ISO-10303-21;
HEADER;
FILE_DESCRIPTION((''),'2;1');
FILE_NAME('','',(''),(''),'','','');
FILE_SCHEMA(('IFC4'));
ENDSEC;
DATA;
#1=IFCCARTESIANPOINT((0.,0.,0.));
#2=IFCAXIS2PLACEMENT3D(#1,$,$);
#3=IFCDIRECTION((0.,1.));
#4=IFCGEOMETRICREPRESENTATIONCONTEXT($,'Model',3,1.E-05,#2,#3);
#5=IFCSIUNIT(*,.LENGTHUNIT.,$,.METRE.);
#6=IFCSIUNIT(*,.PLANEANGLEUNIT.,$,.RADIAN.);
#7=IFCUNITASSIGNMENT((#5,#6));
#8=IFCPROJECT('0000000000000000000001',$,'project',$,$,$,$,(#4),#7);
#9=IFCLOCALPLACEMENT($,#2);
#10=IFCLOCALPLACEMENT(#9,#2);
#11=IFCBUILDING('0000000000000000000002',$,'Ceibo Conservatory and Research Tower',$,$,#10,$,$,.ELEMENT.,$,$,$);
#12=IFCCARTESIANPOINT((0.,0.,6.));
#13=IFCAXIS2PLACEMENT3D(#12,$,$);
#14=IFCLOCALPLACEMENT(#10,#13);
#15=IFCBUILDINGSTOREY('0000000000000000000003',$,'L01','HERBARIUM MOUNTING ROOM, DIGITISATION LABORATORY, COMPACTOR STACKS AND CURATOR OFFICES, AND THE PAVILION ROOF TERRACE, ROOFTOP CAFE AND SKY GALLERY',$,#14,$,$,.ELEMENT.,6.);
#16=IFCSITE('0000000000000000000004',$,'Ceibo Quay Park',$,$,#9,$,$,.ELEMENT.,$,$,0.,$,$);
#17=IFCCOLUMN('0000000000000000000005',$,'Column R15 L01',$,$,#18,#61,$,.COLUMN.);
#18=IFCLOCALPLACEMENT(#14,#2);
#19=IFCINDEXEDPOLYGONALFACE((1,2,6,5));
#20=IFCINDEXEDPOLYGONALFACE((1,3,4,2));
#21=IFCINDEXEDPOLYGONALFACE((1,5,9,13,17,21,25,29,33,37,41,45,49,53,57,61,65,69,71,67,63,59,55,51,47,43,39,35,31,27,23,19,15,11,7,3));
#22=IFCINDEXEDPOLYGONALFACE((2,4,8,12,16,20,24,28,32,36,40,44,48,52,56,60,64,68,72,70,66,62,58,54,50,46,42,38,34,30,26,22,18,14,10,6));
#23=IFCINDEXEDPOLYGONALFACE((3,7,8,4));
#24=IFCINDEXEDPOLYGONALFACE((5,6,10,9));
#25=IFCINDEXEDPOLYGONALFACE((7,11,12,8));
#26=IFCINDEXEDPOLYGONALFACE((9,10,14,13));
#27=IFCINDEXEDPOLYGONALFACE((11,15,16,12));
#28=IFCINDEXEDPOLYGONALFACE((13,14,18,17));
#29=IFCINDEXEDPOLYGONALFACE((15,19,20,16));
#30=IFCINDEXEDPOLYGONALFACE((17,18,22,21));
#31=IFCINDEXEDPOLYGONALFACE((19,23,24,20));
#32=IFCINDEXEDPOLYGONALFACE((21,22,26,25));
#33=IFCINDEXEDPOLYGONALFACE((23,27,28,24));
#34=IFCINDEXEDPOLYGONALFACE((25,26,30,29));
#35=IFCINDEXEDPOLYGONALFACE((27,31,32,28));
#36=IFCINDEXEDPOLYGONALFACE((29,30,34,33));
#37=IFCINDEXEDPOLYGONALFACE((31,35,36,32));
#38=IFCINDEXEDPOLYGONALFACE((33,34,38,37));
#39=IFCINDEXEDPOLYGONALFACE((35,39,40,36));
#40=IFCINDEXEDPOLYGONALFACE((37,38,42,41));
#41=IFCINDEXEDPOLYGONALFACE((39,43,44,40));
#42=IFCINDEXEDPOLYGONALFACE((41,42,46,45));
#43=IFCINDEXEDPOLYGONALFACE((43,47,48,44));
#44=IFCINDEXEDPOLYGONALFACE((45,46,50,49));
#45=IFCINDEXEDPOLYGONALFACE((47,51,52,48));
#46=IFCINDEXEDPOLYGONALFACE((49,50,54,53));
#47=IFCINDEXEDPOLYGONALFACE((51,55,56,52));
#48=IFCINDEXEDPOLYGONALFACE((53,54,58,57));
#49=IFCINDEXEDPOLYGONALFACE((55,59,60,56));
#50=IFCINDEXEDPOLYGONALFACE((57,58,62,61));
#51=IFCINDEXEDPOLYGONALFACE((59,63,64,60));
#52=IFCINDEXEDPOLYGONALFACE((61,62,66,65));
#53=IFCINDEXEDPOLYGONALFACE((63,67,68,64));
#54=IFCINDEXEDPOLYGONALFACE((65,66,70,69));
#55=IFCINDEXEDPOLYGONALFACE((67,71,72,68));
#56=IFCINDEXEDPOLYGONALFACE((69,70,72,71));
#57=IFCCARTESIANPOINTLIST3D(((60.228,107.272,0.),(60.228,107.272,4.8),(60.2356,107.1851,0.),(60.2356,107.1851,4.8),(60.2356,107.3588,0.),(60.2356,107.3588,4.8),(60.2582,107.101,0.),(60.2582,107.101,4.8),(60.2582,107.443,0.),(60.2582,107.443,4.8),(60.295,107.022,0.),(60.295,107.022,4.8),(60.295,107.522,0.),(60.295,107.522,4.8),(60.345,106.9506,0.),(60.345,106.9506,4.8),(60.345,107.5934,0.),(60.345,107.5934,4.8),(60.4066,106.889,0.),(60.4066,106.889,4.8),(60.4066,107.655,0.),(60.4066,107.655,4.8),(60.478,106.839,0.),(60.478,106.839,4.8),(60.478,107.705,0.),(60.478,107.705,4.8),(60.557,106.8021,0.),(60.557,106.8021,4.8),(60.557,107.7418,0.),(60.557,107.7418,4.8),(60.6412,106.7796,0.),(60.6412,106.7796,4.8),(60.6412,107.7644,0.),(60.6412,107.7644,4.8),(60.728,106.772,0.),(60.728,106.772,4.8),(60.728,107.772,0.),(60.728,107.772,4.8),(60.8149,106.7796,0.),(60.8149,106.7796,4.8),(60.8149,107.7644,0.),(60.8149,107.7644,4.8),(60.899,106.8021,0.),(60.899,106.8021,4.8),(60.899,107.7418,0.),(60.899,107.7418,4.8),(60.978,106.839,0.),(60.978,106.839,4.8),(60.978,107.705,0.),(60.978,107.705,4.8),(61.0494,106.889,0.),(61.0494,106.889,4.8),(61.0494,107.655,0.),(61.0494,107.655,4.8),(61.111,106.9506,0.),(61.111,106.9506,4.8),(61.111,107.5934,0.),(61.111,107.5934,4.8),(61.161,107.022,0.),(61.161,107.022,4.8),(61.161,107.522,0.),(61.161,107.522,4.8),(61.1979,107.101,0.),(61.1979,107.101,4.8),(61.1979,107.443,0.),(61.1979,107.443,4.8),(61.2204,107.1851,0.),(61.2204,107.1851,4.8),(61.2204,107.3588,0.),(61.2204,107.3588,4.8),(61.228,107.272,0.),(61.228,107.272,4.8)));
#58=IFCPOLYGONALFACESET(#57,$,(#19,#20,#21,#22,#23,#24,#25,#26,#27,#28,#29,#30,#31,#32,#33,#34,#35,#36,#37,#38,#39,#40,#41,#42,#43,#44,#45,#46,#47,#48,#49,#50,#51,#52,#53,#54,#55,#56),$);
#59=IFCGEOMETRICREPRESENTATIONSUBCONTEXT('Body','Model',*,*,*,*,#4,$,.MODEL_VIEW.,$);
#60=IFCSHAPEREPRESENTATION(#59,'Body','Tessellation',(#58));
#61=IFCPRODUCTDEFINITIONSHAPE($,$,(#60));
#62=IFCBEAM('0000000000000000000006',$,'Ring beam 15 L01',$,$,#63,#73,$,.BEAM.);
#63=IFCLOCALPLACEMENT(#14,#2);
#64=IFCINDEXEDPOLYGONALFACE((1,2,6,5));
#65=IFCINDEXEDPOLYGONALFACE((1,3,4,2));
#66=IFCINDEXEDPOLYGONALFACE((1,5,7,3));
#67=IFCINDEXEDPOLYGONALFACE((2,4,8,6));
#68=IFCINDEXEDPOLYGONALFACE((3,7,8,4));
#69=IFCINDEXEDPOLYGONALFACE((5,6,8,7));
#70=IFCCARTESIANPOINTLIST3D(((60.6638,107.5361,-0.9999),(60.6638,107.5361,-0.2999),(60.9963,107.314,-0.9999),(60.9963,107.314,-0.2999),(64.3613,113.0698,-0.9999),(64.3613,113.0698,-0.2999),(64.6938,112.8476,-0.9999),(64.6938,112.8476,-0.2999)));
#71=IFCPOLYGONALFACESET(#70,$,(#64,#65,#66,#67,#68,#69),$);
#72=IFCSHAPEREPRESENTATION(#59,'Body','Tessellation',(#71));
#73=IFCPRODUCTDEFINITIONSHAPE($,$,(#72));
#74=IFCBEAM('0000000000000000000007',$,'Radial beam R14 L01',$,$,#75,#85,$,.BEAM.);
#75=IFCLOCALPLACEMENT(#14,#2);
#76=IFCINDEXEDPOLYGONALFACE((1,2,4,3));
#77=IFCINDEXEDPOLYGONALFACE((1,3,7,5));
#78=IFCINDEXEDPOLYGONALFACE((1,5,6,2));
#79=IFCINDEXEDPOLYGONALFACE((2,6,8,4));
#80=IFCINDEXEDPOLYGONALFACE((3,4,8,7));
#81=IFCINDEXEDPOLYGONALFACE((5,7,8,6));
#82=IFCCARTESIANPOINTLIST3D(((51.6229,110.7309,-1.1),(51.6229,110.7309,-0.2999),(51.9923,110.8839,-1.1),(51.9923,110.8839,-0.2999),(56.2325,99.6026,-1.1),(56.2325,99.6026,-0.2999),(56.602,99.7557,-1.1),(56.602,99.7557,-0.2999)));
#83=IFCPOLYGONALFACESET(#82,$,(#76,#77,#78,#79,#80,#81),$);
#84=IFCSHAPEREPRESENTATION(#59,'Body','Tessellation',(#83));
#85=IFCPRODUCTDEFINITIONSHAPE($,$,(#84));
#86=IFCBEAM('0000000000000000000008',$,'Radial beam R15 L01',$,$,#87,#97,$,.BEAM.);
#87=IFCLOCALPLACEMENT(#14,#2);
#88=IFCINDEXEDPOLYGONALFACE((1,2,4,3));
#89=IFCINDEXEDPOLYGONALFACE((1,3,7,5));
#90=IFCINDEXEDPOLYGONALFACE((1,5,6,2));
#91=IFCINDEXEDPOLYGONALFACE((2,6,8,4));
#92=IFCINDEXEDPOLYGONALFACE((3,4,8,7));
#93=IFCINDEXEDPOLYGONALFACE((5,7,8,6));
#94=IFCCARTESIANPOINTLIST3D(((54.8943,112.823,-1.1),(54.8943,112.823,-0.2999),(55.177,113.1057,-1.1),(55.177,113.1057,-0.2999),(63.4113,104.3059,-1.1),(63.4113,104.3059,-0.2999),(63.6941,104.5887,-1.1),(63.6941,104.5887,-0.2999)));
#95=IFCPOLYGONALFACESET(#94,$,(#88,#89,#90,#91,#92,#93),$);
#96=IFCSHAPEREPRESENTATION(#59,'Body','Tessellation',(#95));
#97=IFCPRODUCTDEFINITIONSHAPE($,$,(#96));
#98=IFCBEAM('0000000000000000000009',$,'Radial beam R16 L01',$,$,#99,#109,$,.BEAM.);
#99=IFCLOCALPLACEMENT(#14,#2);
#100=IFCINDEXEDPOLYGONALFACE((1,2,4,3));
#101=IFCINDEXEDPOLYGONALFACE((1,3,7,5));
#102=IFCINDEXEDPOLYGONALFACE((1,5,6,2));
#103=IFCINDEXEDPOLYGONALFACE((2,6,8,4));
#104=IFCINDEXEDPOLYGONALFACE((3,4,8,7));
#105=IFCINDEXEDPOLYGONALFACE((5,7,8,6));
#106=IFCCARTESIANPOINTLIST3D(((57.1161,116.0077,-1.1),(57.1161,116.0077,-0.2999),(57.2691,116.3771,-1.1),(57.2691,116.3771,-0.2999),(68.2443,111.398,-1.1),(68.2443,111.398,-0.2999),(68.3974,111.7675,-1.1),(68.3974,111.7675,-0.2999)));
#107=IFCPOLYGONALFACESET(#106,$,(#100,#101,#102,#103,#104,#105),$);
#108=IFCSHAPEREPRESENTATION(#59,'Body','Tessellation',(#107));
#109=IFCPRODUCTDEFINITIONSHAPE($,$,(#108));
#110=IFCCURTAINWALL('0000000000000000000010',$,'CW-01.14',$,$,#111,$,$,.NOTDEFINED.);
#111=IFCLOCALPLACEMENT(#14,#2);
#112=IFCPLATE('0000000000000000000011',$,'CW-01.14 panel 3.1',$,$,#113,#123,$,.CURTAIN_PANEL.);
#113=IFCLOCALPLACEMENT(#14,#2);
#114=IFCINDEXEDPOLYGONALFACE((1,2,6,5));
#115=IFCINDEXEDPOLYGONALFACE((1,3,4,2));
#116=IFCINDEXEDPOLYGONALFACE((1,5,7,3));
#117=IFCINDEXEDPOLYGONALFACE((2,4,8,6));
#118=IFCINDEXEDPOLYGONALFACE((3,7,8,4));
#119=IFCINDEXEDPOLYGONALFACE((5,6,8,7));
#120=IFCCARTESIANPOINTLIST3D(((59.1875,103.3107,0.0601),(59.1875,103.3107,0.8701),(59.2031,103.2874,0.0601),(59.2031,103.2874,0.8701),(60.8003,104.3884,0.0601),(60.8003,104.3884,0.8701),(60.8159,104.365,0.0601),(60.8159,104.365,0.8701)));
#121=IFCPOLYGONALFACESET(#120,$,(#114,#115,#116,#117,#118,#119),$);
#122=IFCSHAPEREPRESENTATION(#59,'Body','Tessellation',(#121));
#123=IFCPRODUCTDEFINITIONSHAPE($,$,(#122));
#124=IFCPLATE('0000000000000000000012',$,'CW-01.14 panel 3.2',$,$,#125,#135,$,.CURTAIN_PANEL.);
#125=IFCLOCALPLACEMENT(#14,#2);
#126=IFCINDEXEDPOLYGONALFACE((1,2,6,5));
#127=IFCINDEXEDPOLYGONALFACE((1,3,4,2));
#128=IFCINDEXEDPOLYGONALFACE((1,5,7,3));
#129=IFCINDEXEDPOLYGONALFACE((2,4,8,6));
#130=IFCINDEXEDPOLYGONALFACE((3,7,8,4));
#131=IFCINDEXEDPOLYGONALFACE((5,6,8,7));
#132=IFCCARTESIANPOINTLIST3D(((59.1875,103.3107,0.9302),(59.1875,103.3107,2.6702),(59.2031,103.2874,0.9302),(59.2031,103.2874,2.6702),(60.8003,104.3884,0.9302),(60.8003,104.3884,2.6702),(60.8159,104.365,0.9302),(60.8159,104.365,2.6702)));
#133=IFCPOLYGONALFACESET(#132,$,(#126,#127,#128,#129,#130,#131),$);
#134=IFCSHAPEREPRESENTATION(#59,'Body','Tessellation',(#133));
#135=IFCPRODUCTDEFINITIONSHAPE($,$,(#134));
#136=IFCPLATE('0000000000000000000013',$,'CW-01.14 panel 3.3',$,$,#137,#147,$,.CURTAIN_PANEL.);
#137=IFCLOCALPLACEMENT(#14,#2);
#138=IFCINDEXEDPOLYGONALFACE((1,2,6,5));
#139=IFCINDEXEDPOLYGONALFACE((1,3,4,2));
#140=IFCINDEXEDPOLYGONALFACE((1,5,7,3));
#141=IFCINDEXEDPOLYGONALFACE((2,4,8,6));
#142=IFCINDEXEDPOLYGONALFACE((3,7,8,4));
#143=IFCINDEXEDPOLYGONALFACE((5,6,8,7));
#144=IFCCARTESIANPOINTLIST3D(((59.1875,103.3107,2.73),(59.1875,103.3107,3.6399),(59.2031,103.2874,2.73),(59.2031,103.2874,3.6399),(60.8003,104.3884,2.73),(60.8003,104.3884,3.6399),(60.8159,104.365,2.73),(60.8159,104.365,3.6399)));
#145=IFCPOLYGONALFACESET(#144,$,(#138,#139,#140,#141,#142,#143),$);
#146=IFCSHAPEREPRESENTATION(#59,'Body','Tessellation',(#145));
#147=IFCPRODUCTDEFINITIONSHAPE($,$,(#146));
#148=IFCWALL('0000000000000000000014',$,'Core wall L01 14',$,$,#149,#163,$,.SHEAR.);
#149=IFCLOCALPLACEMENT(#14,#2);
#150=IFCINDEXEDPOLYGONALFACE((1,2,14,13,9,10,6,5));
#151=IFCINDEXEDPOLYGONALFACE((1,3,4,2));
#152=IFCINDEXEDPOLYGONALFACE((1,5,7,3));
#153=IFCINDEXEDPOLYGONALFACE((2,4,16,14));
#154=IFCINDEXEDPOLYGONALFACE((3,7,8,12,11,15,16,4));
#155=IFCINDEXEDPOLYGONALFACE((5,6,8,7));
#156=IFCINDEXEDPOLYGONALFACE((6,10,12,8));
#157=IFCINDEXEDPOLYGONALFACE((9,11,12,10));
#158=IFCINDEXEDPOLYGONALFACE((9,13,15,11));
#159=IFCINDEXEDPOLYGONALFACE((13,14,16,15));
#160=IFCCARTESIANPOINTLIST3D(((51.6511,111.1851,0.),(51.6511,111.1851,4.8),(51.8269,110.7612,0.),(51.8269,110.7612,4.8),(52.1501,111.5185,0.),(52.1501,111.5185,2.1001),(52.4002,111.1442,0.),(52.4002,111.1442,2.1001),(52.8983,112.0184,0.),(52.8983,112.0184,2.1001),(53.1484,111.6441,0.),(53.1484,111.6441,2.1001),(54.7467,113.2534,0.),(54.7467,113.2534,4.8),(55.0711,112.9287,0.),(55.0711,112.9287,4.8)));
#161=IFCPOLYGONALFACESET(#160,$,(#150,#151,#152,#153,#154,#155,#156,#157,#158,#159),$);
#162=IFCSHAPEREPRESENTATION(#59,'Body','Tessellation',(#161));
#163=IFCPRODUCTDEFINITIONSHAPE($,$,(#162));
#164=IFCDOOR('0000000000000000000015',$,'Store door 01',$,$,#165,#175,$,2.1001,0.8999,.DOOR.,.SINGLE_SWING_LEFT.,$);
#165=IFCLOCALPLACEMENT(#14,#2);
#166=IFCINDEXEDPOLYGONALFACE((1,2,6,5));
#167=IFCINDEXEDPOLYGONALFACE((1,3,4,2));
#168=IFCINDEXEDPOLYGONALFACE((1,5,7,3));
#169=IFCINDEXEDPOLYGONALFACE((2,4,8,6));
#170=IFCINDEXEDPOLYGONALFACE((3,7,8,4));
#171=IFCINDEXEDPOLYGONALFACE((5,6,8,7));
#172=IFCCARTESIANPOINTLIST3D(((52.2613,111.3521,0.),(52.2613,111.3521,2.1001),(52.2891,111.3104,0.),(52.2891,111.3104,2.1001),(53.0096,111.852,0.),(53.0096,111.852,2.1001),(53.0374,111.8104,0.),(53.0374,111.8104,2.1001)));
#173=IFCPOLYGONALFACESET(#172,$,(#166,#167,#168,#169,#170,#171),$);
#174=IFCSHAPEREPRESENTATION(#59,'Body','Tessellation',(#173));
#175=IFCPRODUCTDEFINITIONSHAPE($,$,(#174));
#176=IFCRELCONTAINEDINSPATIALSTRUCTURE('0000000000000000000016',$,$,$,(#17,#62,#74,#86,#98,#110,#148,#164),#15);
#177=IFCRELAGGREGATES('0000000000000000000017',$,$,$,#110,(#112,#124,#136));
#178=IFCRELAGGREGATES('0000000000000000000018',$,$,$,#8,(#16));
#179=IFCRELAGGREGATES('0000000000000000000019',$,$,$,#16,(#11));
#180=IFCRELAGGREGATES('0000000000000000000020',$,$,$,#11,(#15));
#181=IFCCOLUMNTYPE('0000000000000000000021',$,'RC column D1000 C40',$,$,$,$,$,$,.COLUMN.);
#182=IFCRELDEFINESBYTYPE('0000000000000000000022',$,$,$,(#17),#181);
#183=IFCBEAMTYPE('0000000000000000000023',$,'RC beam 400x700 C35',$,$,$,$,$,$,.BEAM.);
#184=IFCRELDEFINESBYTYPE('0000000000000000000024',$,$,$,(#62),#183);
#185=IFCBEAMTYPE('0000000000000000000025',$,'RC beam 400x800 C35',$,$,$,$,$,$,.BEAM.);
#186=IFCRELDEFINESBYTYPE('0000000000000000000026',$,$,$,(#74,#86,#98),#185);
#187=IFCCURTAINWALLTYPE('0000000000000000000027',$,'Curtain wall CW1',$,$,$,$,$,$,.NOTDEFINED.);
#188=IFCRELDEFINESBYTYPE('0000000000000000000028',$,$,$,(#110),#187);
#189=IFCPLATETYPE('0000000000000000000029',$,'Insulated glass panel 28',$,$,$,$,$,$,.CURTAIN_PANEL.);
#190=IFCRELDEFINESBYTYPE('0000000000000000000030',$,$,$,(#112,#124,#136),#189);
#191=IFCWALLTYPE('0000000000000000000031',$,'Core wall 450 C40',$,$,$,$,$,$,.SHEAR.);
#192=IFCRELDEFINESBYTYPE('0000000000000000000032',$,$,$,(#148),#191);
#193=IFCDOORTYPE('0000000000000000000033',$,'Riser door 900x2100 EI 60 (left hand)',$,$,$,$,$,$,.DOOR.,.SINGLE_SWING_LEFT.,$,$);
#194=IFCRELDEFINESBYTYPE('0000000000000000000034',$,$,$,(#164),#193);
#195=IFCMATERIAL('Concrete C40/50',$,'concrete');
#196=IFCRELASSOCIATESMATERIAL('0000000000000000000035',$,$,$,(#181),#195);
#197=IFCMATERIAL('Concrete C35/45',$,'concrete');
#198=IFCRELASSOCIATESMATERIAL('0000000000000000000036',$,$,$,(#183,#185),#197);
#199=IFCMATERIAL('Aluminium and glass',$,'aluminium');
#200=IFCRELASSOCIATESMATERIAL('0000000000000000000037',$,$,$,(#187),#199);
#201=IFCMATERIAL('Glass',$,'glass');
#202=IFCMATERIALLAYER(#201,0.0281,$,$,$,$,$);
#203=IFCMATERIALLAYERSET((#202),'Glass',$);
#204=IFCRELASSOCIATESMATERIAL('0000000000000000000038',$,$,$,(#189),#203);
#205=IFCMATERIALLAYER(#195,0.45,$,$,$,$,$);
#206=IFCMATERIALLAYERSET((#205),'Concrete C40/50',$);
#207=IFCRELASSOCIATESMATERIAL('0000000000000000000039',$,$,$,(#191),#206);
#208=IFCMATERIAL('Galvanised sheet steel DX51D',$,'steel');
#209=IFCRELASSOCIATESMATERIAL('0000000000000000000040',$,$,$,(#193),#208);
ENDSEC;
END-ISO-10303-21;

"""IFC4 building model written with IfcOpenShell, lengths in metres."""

from ifc_helpers import new_model, si_unit, direction, frame, frame_2d, origin, origin_2d, place, context, subcontext, project, spatial, polyline, rectangle, circle, outline, extrude, material, layer, layer_set, material_profile, profile_set, type_object, element, fill, aggregate, save


model = new_model("IFC4")

# Units and contexts
model_context = context("Model", 3, precision=1e-05, world=origin(), true_north=direction((0.0, 1.0)))
body_context = subcontext(model_context, "Body", "Model", "MODEL_VIEW")
ifc_project = project(units=[si_unit("LENGTHUNIT", "METRE"), si_unit("PLANEANGLEUNIT", "RADIAN")], contexts=[model_context])

# Site, building, storey
site_placement = place(None, origin())
site = spatial("IfcSite", under=ifc_project, at=site_placement, Name="Ceibo Quay Park", CompositionType="ELEMENT", RefElevation=0.0)
building_placement = place(site_placement, origin())
building = spatial("IfcBuilding", under=site, at=building_placement, Name="Ceibo Conservatory and Research Tower", CompositionType="ELEMENT")
storey_placement = place(building_placement, frame((0.0, 0.0, 6.0)))
storey = spatial("IfcBuildingStorey", under=building, at=storey_placement, Name="L01", Description="HERBARIUM MOUNTING ROOM, DIGITISATION LABORATORY, COMPACTOR STACKS AND CURATOR OFFICES, AND THE PAVILION ROOF TERRACE, ROOFTOP CAFE AND SKY GALLERY", CompositionType="ELEMENT", Elevation=6.0)

# Column
ifc_material_1 = material(Name="Concrete C40/50", Category="concrete")
ifc_material_profile_1 = material_profile(ifc_material_1, circle(Radius=0.5, at=origin_2d()), Name="RC D1000")
ifc_profile_set_1 = profile_set([ifc_material_profile_1], Name="Concrete C40/50")
column_type = type_object("IfcColumnType", Name="RC column D1000 C40", PredefinedType="COLUMN", material=ifc_profile_set_1)
column_placement = place(storey_placement, frame((60.728, 107.272, 0.0), z_axis=(0.0, 0.0, 1.0), x_axis=(1.0, 0.0, 0.0)))
element("IfcColumn", 1, at=column_placement, inside=storey, type_object=column_type, Name="Column R15 L01", PredefinedType="COLUMN", context=body_context, shape_type="SweptSolid", body=[
    extrude(circle(Radius=0.5, at=origin_2d()), origin(), (0.0, 0.0, 1.0), 4.8),
])

# Beams
ifc_material_2 = material(Name="Concrete C35/45", Category="concrete")
ifc_material_profile_2 = material_profile(ifc_material_2, rectangle(XDim=0.3999, YDim=0.7, at=origin_2d()), Name="RC 400x700")
ifc_profile_set_2 = profile_set([ifc_material_profile_2], Name="Concrete C35/45")
beam_type_1 = type_object("IfcBeamType", Name="RC beam 400x700 C35", PredefinedType="BEAM", material=ifc_profile_set_2)
beam_1_placement = place(storey_placement, frame((60.8301, 107.425, -0.6499), z_axis=(0.555572, 0.831469, 0.0), x_axis=(-0.831469, 0.555572, 0.0)))
element("IfcBeam", 2, at=beam_1_placement, inside=storey, type_object=beam_type_1, Name="Ring beam 15 L01", PredefinedType="BEAM", context=body_context, shape_type="SweptSolid", body=[
    extrude(rectangle(XDim=0.3999, YDim=0.7, at=origin_2d()), origin(), (0.0, 0.0, 1.0), 6.6553),
])
ifc_material_profile_3 = material_profile(ifc_material_2, rectangle(XDim=0.3999, YDim=0.8, at=origin_2d()), Name="RC 400x800")
ifc_profile_set_3 = profile_set([ifc_material_profile_3], Name="Concrete C35/45")
beam_type_2 = type_object("IfcBeamType", Name="RC beam 400x800 C35", PredefinedType="BEAM", material=ifc_profile_set_3)
beam_2_placement = place(storey_placement, frame((51.8076, 110.8074, -0.7), z_axis=(0.382696, -0.923874, 0.0), x_axis=(0.923874, 0.382696, 0.0)))
element("IfcBeam", 3, at=beam_2_placement, inside=storey, type_object=beam_type_2, Name="Radial beam R14 L01", PredefinedType="BEAM", context=body_context, shape_type="SweptSolid", body=[
    extrude(rectangle(XDim=0.3999, YDim=0.8, at=origin_2d()), origin(), (0.0, 0.0, 1.0), 12.0452),
])
beam_3_placement = place(storey_placement, frame((55.0356, 112.9644, -0.7), z_axis=(0.707107, -0.707107, 0.0), x_axis=(0.707107, 0.707107, 0.0)))
element("IfcBeam", 4, at=beam_3_placement, inside=storey, type_object=beam_type_2, Name="Radial beam R15 L01", PredefinedType="BEAM", context=body_context, shape_type="SweptSolid", body=[
    extrude(rectangle(XDim=0.3999, YDim=0.8, at=origin_2d()), origin(), (0.0, 0.0, 1.0), 12.0449),
])
beam_4_placement = place(storey_placement, frame((57.1926, 116.1924, -0.7), z_axis=(0.923874, -0.382696, 0.0), x_axis=(0.382696, 0.923874, 0.0)))
element("IfcBeam", 5, at=beam_4_placement, inside=storey, type_object=beam_type_2, Name="Radial beam R16 L01", PredefinedType="BEAM", context=body_context, shape_type="SweptSolid", body=[
    extrude(rectangle(XDim=0.3999, YDim=0.8, at=origin_2d()), origin(), (0.0, 0.0, 1.0), 12.0452),
])

# Curtain wall, plates
ifc_material_3 = material(Name="Aluminium and glass", Category="aluminium")
curtain_wall_type = type_object("IfcCurtainWallType", Name="Curtain wall CW1", PredefinedType="NOTDEFINED", material=ifc_material_3)
curtain_wall_placement = place(storey_placement, origin())
curtain_wall = element("IfcCurtainWall", 6, at=curtain_wall_placement, inside=storey, type_object=curtain_wall_type, Name="CW-01.14", PredefinedType="NOTDEFINED")
ifc_material_4 = material(Name="Glass", Category="glass")
ifc_layer_1 = layer(ifc_material_4, 0.0281)
ifc_layer_set_1 = layer_set([ifc_layer_1], Name="Glass")
plate_type = type_object("IfcPlateType", Name="Insulated glass panel 28", PredefinedType="CURTAIN_PANEL", material=ifc_layer_set_1)
plate_1_placement = place(storey_placement, frame((60.0017, 103.8379, 0.0601), z_axis=(0.0, 0.0, 1.0), x_axis=(0.83147, 0.55557, 0.0)))
plate_1 = element("IfcPlate", 7, at=plate_1_placement, type_object=plate_type, Name="CW-01.14 panel 3.1", PredefinedType="CURTAIN_PANEL", context=body_context, shape_type="SweptSolid", body=[
    extrude(rectangle(XDim=1.9397, YDim=0.0281, at=origin_2d()), origin(), (0.0, 0.0, 1.0), 0.8101),
])
plate_2_placement = place(storey_placement, frame((60.0017, 103.8379, 0.9302), z_axis=(0.0, 0.0, 1.0), x_axis=(0.83147, 0.55557, 0.0)))
plate_2 = element("IfcPlate", 8, at=plate_2_placement, type_object=plate_type, Name="CW-01.14 panel 3.2", PredefinedType="CURTAIN_PANEL", context=body_context, shape_type="SweptSolid", body=[
    extrude(rectangle(XDim=1.9397, YDim=0.0281, at=origin_2d()), origin(), (0.0, 0.0, 1.0), 1.74),
])
plate_3_placement = place(storey_placement, frame((60.0017, 103.8379, 2.73), z_axis=(0.0, 0.0, 1.0), x_axis=(0.83147, 0.55557, 0.0)))
plate_3 = element("IfcPlate", 9, at=plate_3_placement, type_object=plate_type, Name="CW-01.14 panel 3.3", PredefinedType="CURTAIN_PANEL", context=body_context, shape_type="SweptSolid", body=[
    extrude(rectangle(XDim=1.9397, YDim=0.0281, at=origin_2d()), origin(), (0.0, 0.0, 1.0), 0.9099),
])
aggregate(curtain_wall, [plate_1, plate_2, plate_3])

# Wall, opening, door
ifc_layer_2 = layer(ifc_material_1, 0.45)
ifc_layer_set_2 = layer_set([ifc_layer_2], Name="Concrete C40/50")
wall_type_1 = type_object("IfcWallType", Name="Core wall 450 C40", PredefinedType="SHEAR", material=ifc_layer_set_2)
wall_1_placement = place(storey_placement, frame((51.739, 110.9731, 0.0), z_axis=(0.0, 0.0, 1.0), x_axis=(0.831488, 0.555542, 0.0)))
wall_1 = element("IfcWall", 10, at=wall_1_placement, inside=storey, type_object=wall_type_1, Name="Core wall L01 14", PredefinedType="SHEAR", context=body_context, shape_type="SweptSolid", body=[
    extrude(outline(polyline([(-0.0447, -0.2251), (3.8569, -0.2251), (3.7676, 0.2251), (0.0447, 0.2251), (-0.0447, -0.2251)])), origin(), (0.0, 0.0, 1.0), 4.8),
])
opening_1_placement = place(wall_1_placement, frame((0.6448, 0.0, 0.0)))
opening_1 = element("IfcOpeningElement", 11, at=opening_1_placement, cuts=wall_1, PredefinedType="OPENING", context=body_context, shape_type="SweptSolid", body=[
    extrude(rectangle(XDim=0.8999, YDim=2.1001, at=frame_2d((0.45, 1.05))), frame((0.0, 0.2349, 0.0), z_axis=(0.0, -1.0, 0.0), x_axis=(1.0, 0.0, 0.0)), (0.0, 0.0, 1.0), 0.47),
])
ifc_material_5 = material(Name="Galvanised sheet steel DX51D", Category="steel")
door_type_1 = type_object("IfcDoorType", Name="Riser door 900x2100 EI 60 (left hand)", OperationType="SINGLE_SWING_LEFT", PredefinedType="DOOR", material=ifc_material_5)
door_1_placement = place(opening_1_placement, origin())
door_1 = element("IfcDoor", 12, at=door_1_placement, inside=storey, type_object=door_type_1, Name="Store door 01", OperationType="SINGLE_SWING_LEFT", OverallHeight=2.1001, OverallWidth=0.8999, PredefinedType="DOOR", context=body_context, shape_type="SweptSolid", body=[
    extrude(rectangle(XDim=0.8999, YDim=2.1001, at=frame_2d((0.45, 1.05))), frame((0.0, 0.0249, 0.0), z_axis=(0.0, -1.0, 0.0), x_axis=(1.0, 0.0, 0.0)), (0.0, 0.0, 1.0), 0.05),
])
fill(opening_1, door_1)

save(model, "model.ifc")
